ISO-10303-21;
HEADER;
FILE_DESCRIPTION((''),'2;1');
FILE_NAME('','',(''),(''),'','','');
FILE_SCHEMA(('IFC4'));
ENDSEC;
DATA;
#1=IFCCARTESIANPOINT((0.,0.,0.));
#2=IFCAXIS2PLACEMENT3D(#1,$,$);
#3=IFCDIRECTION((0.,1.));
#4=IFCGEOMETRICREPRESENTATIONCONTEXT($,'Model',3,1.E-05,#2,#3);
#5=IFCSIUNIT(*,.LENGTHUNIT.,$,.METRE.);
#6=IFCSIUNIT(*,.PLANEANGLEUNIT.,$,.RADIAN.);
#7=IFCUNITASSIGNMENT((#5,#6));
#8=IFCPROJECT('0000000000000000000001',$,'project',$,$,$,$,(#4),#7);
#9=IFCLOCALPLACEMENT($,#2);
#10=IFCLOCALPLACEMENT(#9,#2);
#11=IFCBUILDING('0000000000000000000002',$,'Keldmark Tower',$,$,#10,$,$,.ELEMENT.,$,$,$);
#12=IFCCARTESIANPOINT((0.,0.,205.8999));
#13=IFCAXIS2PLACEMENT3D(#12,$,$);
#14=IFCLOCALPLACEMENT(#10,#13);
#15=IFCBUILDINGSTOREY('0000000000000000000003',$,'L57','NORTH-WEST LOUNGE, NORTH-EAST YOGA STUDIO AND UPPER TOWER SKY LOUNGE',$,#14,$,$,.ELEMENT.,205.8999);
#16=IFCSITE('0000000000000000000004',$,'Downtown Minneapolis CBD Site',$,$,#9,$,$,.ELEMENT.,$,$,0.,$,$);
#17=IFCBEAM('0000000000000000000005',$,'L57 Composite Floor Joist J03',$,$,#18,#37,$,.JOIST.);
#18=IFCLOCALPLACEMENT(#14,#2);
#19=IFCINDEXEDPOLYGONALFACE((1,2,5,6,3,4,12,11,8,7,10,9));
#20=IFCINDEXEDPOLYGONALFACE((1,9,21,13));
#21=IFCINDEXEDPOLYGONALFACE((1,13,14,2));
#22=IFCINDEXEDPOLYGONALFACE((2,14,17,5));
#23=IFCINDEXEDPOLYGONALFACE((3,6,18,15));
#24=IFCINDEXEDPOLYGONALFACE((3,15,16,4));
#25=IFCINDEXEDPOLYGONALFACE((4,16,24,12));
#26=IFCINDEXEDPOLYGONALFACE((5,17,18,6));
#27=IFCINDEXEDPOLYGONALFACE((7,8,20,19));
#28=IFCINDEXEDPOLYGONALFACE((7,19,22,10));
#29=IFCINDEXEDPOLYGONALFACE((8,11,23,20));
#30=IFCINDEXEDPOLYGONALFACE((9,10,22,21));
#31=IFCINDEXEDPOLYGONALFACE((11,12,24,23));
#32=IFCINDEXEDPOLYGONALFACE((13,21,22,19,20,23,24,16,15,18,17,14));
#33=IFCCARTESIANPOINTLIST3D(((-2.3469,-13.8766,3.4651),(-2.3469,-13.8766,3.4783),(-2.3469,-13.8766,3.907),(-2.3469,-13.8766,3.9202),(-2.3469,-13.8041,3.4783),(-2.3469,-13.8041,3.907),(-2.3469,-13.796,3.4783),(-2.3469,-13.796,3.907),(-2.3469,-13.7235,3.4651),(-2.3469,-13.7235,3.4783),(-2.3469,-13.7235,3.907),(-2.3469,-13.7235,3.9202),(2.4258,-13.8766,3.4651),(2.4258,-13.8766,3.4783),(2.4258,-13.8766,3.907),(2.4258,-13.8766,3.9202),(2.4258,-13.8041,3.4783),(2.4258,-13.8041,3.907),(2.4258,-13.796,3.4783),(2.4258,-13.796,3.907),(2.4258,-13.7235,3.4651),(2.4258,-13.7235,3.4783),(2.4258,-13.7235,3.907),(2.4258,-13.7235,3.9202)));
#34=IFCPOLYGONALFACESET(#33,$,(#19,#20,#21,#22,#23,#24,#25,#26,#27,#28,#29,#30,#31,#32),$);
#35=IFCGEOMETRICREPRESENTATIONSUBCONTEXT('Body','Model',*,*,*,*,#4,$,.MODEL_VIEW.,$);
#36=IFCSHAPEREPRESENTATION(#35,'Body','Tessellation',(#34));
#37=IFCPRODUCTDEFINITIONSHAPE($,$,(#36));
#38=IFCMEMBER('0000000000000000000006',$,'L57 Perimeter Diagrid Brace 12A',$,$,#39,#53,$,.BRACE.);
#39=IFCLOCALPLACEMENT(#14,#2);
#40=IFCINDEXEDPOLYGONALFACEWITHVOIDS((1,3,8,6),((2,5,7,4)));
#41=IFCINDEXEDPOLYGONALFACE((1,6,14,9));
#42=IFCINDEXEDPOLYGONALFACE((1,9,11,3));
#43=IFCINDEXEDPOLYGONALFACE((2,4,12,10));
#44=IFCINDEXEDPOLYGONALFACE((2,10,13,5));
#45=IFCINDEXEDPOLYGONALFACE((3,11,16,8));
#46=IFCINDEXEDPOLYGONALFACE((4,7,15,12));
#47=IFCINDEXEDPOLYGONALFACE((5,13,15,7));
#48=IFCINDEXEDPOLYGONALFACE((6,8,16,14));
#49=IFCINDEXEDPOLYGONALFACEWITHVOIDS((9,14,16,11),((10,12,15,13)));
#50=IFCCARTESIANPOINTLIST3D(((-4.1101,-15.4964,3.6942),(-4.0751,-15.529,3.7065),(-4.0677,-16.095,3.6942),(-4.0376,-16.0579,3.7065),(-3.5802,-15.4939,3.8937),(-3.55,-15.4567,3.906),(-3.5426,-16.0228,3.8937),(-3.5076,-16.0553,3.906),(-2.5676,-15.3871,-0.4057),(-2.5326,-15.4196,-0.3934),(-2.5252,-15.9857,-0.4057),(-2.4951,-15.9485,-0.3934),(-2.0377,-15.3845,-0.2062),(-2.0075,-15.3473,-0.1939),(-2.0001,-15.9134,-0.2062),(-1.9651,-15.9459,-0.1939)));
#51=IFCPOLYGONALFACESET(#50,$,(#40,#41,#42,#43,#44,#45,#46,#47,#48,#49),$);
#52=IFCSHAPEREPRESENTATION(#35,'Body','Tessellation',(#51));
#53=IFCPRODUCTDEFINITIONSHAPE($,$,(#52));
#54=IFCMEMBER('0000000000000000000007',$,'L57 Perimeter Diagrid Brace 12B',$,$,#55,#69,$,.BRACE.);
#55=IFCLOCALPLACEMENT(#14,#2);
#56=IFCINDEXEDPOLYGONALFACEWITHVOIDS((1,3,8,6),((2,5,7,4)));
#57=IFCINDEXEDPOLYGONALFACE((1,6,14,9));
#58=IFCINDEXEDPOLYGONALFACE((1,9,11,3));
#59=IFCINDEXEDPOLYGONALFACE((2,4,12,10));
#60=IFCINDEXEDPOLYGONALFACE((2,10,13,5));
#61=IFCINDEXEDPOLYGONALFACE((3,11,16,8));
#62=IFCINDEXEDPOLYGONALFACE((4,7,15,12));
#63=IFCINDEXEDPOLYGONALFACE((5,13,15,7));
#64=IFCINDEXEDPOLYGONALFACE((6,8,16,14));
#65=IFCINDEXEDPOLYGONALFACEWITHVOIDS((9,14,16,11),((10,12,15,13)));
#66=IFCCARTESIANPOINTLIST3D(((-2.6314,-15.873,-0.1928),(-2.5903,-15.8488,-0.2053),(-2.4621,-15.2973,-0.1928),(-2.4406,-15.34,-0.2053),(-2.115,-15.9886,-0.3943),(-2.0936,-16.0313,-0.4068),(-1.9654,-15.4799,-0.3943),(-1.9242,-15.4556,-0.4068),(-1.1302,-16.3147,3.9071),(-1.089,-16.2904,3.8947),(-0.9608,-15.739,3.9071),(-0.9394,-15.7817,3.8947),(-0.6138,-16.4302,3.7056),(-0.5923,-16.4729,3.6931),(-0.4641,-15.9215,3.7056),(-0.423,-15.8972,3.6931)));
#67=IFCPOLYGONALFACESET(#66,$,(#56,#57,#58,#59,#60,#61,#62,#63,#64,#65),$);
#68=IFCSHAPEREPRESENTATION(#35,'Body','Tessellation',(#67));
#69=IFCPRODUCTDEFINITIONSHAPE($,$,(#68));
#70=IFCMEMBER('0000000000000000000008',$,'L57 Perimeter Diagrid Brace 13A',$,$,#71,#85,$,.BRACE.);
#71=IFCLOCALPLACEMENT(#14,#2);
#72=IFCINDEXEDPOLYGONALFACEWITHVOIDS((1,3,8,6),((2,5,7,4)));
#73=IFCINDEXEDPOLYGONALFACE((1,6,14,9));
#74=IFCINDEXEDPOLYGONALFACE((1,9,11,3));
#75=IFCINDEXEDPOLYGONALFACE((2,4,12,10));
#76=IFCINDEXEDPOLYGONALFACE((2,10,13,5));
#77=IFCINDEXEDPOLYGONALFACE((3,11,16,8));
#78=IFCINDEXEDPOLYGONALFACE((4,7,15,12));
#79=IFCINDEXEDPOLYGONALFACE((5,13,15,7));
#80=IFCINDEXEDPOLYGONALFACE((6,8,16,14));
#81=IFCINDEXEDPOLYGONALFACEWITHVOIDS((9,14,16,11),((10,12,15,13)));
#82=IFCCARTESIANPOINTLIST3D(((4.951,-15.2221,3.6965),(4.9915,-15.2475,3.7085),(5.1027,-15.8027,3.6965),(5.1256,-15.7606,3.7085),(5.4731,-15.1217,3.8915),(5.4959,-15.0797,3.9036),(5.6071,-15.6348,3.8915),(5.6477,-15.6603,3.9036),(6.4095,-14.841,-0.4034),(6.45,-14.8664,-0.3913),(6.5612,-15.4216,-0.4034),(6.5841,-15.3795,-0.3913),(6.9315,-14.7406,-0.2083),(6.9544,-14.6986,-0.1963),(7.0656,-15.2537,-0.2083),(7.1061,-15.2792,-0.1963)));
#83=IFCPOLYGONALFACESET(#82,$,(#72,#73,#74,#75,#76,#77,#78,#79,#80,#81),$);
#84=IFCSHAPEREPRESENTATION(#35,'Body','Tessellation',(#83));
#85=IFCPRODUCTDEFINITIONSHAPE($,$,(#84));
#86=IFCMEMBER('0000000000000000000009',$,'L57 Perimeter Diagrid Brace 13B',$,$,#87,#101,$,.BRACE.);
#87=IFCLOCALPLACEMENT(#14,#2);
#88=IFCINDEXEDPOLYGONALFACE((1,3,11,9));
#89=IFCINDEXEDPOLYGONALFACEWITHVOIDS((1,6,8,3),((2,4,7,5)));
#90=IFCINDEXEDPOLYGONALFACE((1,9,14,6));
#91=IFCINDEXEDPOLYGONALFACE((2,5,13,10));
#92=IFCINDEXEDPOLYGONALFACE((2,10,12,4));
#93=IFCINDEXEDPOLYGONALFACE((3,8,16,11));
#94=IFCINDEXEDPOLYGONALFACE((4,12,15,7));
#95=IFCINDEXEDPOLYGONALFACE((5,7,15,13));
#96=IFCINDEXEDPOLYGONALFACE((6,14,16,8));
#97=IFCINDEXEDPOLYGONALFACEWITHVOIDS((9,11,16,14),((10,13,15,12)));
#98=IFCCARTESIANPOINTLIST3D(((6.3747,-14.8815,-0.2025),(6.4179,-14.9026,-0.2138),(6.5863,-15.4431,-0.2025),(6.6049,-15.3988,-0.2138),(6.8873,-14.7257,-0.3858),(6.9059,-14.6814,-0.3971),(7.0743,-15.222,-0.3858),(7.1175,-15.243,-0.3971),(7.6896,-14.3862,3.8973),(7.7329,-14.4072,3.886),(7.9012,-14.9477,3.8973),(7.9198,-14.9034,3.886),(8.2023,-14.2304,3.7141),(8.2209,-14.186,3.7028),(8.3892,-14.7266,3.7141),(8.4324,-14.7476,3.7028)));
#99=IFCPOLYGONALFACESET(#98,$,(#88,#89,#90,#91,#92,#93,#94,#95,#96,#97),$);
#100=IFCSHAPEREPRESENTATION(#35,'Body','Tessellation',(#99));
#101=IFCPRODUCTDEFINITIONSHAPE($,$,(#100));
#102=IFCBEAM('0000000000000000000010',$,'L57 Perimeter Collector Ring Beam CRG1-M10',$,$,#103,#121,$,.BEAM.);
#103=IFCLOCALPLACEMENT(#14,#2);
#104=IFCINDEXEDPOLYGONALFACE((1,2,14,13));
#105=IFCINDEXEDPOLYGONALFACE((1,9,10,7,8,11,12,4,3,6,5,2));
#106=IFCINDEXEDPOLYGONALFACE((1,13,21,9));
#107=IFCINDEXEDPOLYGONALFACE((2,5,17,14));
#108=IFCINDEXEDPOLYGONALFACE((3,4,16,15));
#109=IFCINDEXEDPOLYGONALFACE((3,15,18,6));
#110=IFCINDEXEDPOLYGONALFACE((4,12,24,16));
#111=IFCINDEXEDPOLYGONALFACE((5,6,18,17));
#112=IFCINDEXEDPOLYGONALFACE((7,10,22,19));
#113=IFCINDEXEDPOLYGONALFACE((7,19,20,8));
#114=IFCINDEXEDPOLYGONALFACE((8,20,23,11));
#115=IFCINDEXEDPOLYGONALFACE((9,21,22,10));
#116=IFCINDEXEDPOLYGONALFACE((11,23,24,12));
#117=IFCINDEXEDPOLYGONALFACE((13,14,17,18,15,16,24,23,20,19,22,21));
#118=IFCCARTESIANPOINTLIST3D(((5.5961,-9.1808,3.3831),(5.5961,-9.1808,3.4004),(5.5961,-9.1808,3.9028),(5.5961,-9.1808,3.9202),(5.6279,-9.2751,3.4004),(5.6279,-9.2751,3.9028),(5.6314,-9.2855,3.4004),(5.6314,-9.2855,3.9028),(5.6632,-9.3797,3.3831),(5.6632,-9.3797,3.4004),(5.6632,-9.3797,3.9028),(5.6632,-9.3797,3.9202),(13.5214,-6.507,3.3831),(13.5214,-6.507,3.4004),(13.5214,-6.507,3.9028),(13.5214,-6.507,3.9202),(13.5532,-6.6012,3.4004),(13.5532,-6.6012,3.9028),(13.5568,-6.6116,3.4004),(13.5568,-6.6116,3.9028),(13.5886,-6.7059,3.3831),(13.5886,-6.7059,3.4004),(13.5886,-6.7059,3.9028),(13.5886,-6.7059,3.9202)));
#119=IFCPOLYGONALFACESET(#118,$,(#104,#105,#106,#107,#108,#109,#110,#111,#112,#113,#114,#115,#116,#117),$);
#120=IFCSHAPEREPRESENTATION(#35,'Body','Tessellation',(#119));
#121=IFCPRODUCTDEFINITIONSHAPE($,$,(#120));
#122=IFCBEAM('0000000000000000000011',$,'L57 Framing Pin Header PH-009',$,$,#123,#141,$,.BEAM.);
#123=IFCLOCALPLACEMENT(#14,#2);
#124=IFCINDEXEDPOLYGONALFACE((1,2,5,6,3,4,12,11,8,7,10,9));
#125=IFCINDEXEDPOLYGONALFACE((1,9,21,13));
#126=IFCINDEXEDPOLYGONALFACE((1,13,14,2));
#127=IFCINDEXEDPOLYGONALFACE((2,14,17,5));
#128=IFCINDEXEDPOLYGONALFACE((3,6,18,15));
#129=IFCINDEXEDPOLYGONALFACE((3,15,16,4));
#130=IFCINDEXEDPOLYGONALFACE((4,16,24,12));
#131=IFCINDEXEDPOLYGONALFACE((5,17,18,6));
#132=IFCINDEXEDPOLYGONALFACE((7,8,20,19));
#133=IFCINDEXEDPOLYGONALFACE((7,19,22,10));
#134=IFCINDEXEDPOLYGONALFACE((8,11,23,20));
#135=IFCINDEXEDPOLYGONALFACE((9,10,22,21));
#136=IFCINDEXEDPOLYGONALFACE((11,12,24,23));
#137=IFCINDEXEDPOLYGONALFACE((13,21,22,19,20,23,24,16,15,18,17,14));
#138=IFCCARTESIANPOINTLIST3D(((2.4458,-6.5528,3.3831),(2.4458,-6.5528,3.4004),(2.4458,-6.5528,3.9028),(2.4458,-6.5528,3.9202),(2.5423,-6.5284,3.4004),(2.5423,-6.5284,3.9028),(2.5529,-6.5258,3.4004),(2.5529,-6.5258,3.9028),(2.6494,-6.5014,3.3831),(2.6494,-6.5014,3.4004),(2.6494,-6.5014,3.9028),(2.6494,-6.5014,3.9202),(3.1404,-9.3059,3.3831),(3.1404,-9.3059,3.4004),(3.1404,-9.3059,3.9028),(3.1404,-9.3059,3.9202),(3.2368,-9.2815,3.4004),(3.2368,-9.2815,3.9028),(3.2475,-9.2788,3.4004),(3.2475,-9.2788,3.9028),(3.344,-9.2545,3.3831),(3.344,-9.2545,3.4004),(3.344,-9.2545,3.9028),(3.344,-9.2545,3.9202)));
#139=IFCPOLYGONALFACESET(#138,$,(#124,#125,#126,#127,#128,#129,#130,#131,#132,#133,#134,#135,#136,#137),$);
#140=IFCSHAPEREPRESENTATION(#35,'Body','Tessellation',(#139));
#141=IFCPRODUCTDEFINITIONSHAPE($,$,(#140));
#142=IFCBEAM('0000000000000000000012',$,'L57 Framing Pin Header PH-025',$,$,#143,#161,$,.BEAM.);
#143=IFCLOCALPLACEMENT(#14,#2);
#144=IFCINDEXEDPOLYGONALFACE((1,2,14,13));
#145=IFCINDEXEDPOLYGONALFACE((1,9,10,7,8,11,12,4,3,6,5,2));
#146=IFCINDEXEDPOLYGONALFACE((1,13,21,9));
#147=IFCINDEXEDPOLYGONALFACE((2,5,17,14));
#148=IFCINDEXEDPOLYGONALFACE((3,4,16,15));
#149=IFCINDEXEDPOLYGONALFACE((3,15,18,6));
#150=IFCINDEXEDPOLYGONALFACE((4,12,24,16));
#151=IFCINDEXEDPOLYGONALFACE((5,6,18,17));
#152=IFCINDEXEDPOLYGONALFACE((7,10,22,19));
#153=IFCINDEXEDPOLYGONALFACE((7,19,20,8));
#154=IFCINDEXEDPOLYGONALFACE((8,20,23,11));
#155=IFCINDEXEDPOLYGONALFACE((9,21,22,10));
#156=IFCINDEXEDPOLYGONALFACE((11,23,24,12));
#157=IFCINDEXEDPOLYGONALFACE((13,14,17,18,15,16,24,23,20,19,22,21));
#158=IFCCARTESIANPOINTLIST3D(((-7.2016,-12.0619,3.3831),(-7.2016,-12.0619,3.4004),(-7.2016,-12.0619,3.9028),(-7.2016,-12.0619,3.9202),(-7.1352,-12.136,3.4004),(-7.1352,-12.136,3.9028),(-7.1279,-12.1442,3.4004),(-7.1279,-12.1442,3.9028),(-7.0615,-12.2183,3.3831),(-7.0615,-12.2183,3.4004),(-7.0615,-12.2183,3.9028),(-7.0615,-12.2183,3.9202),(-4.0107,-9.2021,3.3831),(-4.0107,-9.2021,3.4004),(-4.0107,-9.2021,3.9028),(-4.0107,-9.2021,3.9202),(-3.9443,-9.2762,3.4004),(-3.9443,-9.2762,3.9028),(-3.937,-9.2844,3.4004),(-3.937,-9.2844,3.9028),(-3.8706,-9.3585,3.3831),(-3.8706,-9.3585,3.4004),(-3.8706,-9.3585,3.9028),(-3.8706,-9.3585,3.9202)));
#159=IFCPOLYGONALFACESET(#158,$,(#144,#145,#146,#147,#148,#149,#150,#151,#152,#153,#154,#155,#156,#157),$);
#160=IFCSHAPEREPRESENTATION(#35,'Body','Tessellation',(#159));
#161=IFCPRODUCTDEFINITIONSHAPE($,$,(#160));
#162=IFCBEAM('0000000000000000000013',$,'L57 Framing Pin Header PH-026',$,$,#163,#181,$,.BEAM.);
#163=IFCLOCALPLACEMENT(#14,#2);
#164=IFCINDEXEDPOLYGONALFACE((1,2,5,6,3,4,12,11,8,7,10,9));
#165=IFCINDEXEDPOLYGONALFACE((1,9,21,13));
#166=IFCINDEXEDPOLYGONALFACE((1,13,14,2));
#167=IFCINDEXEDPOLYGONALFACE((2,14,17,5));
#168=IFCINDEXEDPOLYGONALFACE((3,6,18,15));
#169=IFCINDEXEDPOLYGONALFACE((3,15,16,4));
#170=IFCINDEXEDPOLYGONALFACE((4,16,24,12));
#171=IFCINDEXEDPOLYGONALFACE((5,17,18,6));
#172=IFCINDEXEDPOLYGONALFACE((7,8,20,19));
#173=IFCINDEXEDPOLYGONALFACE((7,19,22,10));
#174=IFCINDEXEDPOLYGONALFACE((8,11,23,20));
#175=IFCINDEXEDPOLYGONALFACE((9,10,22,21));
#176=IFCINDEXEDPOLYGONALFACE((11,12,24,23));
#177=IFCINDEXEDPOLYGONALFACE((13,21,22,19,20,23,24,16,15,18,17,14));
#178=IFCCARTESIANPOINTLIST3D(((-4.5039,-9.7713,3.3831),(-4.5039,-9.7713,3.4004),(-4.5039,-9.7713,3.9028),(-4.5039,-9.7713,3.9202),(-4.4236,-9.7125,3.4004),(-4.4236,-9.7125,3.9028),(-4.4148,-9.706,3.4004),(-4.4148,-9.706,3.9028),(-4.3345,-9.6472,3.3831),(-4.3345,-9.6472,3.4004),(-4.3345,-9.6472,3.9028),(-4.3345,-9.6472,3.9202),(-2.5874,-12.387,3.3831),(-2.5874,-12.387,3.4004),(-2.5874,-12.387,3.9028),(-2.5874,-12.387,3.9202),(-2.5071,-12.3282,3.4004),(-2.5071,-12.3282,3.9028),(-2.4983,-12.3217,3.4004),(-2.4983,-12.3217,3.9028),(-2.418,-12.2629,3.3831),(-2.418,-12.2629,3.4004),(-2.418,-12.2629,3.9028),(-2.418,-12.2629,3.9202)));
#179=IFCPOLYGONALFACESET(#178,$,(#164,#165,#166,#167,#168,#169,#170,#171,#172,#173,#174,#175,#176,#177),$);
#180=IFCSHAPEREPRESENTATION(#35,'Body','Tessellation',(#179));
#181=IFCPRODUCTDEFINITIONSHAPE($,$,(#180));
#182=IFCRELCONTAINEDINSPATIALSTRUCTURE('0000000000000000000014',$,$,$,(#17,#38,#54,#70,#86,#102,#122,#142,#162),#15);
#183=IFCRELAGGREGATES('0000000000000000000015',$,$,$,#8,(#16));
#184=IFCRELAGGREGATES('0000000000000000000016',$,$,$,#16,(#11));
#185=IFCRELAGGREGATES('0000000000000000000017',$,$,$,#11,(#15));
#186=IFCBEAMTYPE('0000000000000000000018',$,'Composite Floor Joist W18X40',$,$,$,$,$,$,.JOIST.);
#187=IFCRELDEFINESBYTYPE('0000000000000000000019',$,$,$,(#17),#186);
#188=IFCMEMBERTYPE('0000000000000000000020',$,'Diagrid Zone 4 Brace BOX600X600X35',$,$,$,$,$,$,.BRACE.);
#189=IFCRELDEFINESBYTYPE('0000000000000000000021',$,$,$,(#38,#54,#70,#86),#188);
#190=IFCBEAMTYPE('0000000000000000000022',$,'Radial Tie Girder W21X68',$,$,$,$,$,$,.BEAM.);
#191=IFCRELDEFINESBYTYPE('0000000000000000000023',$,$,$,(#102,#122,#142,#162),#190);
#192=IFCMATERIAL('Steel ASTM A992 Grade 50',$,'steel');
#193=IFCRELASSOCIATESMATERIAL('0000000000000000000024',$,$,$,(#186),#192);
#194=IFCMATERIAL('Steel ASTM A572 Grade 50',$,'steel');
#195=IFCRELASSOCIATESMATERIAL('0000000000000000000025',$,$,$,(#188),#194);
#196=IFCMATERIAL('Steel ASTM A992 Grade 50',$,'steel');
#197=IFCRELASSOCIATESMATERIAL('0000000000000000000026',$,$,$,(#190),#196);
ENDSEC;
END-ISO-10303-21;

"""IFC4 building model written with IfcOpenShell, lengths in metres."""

from ifc_helpers import new_model, si_unit, direction, frame, origin, origin_2d, place, context, subcontext, project, spatial, hollow_rectangle, i_section, extrude, material, material_profile, profile_set, type_object, element, save


model = new_model("IFC4")

# Units and contexts
model_context = context("Model", 3, precision=1e-05, world=origin(), true_north=direction((0.0, 1.0)))
body_context = subcontext(model_context, "Body", "Model", "MODEL_VIEW")
ifc_project = project(units=[si_unit("LENGTHUNIT", "METRE"), si_unit("PLANEANGLEUNIT", "RADIAN")], contexts=[model_context])

# Site, building, storey
site_placement = place(None, origin())
site = spatial("IfcSite", under=ifc_project, at=site_placement, Name="Downtown Minneapolis CBD Site", CompositionType="ELEMENT", RefElevation=0.0)
building_placement = place(site_placement, origin())
building = spatial("IfcBuilding", under=site, at=building_placement, Name="Keldmark Tower", CompositionType="ELEMENT")
storey_placement = place(building_placement, frame((0.0, 0.0, 205.8999)))
storey = spatial("IfcBuildingStorey", under=building, at=storey_placement, Name="L57", Description="NORTH-WEST LOUNGE, NORTH-EAST YOGA STUDIO AND UPPER TOWER SKY LOUNGE", CompositionType="ELEMENT", Elevation=205.8999)

# Beam
ifc_material_1 = material(Name="Steel ASTM A992 Grade 50", Category="steel")
ifc_material_profile_1 = material_profile(ifc_material_1, i_section(OverallWidth=0.1531, OverallDepth=0.4551, WebThickness=0.0081, FlangeThickness=0.0132, at=origin_2d()), Name="W18X40")
ifc_profile_set_1 = profile_set([ifc_material_profile_1], Name="Steel ASTM A992 Grade 50")
beam_type_1 = type_object("IfcBeamType", Name="Composite Floor Joist W18X40", PredefinedType="JOIST", material=ifc_profile_set_1)
beam_1_placement = place(storey_placement, frame((-2.3469, -13.8, 3.6926), z_axis=(1.0, 0.0, 0.0), x_axis=(0.0, 1.0, 0.0)))
element("IfcBeam", 1, at=beam_1_placement, inside=storey, type_object=beam_type_1, Name="L57 Composite Floor Joist J03", PredefinedType="JOIST", context=body_context, shape_type="SweptSolid", body=[
    extrude(i_section(OverallWidth=0.1531, OverallDepth=0.4551, WebThickness=0.0081, FlangeThickness=0.0132, at=origin_2d()), origin(), (0.0, 0.0, 1.0), 4.7727),
])

# Members
ifc_material_2 = material(Name="Steel ASTM A572 Grade 50", Category="steel")
ifc_material_profile_2 = material_profile(ifc_material_2, hollow_rectangle(XDim=0.6001, YDim=0.6001, WallThickness=0.0349, at=origin_2d()), Name="BOX600X600X35")
ifc_profile_set_2 = profile_set([ifc_material_profile_2], Name="Steel ASTM A572 Grade 50")
member_type = type_object("IfcMemberType", Name="Diagrid Zone 4 Brace BOX600X600X35", PredefinedType="BRACE", material=ifc_profile_set_2)
member_1_placement = place(storey_placement, frame((-2.2664, -15.6665, -0.2998), z_axis=(-0.352021, -0.024961, 0.935659), x_axis=(0.070731, -0.997495, 0.0)))
element("IfcMember", 2, at=member_1_placement, inside=storey, type_object=member_type, Name="L57 Perimeter Diagrid Brace 12A", PredefinedType="BRACE", context=body_context, shape_type="SweptSolid", body=[
    extrude(hollow_rectangle(XDim=0.6001, YDim=0.6001, WallThickness=0.0349, at=origin_2d()), origin(), (0.0, 0.0, 1.0), 4.3818),
])
member_2_placement = place(storey_placement, frame((-2.2778, -15.6643, -0.2998), z_axis=(0.342093, -0.100642, 0.934261), x_axis=(0.282234, 0.959346, 0.0)))
element("IfcMember", 3, at=member_2_placement, inside=storey, type_object=member_type, Name="L57 Perimeter Diagrid Brace 12B", PredefinedType="BRACE", context=body_context, shape_type="SweptSolid", body=[
    extrude(hollow_rectangle(XDim=0.6001, YDim=0.6001, WallThickness=0.0349, at=origin_2d()), origin(), (0.0, 0.0, 1.0), 4.3884),
])
member_3_placement = place(storey_placement, frame((6.7578, -15.0601, -0.2998), z_axis=(-0.333889, -0.087245, 0.938566), x_axis=(0.252811, -0.967516, 0.0)))
element("IfcMember", 4, at=member_3_placement, inside=storey, type_object=member_type, Name="L57 Perimeter Diagrid Brace 13A", PredefinedType="BRACE", context=body_context, shape_type="SweptSolid", body=[
    extrude(hollow_rectangle(XDim=0.6001, YDim=0.6001, WallThickness=0.0349, at=origin_2d()), origin(), (0.0, 0.0, 1.0), 4.3682),
])
member_4_placement = place(storey_placement, frame((6.7461, -15.0623, -0.2998), z_axis=(0.303404, 0.114297, 0.945982), x_axis=(-0.352532, 0.9358, 0.0)))
element("IfcMember", 5, at=member_4_placement, inside=storey, type_object=member_type, Name="L57 Perimeter Diagrid Brace 13B", PredefinedType="BRACE", context=body_context, shape_type="SweptSolid", body=[
    extrude(hollow_rectangle(XDim=0.6001, YDim=0.6001, WallThickness=0.0349, at=origin_2d()), origin(), (0.0, 0.0, 1.0), 4.334),
])

# Beams
ifc_material_3 = material(Name="Steel ASTM A992 Grade 50", Category="steel")
ifc_material_profile_3 = material_profile(ifc_material_3, i_section(OverallWidth=0.21, OverallDepth=0.5371, WebThickness=0.011, FlangeThickness=0.0173, at=origin_2d()), Name="W21X68")
ifc_profile_set_3 = profile_set([ifc_material_profile_3], Name="Steel ASTM A992 Grade 50")
beam_type_2 = type_object("IfcBeamType", Name="Radial Tie Girder W21X68", PredefinedType="BEAM", material=ifc_profile_set_3)
beam_2_placement = place(storey_placement, frame((5.6296, -9.2803, 3.6516), z_axis=(0.947527, 0.319676, 0.0), x_axis=(-0.319676, 0.947527, 0.0)))
element("IfcBeam", 6, at=beam_2_placement, inside=storey, type_object=beam_type_2, Name="L57 Perimeter Collector Ring Beam CRG1-M10", PredefinedType="BEAM", context=body_context, shape_type="SweptSolid", body=[
    extrude(i_section(OverallWidth=0.21, OverallDepth=0.5371, WebThickness=0.011, FlangeThickness=0.0173, at=origin_2d()), origin(), (0.0, 0.0, 1.0), 8.3643),
])
beam_3_placement = place(storey_placement, frame((2.5476, -6.5271, 3.6516), z_axis=(0.244619, -0.969619, 0.0), x_axis=(0.969619, 0.244619, 0.0)))
element("IfcBeam", 7, at=beam_3_placement, inside=storey, type_object=beam_type_2, Name="L57 Framing Pin Header PH-009", PredefinedType="BEAM", context=body_context, shape_type="SweptSolid", body=[
    extrude(i_section(OverallWidth=0.21, OverallDepth=0.5371, WebThickness=0.011, FlangeThickness=0.0173, at=origin_2d()), origin(), (0.0, 0.0, 1.0), 2.8394),
])
beam_4_placement = place(storey_placement, frame((-3.9407, -9.2803, 3.6516), z_axis=(-0.744681, -0.667421, 0.0), x_axis=(0.667421, -0.744681, 0.0)))
element("IfcBeam", 8, at=beam_4_placement, inside=storey, type_object=beam_type_2, Name="L57 Framing Pin Header PH-025", PredefinedType="BEAM", context=body_context, shape_type="SweptSolid", body=[
    extrude(i_section(OverallWidth=0.21, OverallDepth=0.5371, WebThickness=0.011, FlangeThickness=0.0173, at=origin_2d()), origin(), (0.0, 0.0, 1.0), 4.2849),
])
beam_5_placement = place(storey_placement, frame((-4.4192, -9.7092, 3.6516), z_axis=(0.591024, -0.806654, 0.0), x_axis=(0.806654, 0.591024, 0.0)))
element("IfcBeam", 9, at=beam_5_placement, inside=storey, type_object=beam_type_2, Name="L57 Framing Pin Header PH-026", PredefinedType="BEAM", context=body_context, shape_type="SweptSolid", body=[
    extrude(i_section(OverallWidth=0.21, OverallDepth=0.5371, WebThickness=0.011, FlangeThickness=0.0173, at=origin_2d()), origin(), (0.0, 0.0, 1.0), 3.2427),
])

save(model, "model.ifc")
